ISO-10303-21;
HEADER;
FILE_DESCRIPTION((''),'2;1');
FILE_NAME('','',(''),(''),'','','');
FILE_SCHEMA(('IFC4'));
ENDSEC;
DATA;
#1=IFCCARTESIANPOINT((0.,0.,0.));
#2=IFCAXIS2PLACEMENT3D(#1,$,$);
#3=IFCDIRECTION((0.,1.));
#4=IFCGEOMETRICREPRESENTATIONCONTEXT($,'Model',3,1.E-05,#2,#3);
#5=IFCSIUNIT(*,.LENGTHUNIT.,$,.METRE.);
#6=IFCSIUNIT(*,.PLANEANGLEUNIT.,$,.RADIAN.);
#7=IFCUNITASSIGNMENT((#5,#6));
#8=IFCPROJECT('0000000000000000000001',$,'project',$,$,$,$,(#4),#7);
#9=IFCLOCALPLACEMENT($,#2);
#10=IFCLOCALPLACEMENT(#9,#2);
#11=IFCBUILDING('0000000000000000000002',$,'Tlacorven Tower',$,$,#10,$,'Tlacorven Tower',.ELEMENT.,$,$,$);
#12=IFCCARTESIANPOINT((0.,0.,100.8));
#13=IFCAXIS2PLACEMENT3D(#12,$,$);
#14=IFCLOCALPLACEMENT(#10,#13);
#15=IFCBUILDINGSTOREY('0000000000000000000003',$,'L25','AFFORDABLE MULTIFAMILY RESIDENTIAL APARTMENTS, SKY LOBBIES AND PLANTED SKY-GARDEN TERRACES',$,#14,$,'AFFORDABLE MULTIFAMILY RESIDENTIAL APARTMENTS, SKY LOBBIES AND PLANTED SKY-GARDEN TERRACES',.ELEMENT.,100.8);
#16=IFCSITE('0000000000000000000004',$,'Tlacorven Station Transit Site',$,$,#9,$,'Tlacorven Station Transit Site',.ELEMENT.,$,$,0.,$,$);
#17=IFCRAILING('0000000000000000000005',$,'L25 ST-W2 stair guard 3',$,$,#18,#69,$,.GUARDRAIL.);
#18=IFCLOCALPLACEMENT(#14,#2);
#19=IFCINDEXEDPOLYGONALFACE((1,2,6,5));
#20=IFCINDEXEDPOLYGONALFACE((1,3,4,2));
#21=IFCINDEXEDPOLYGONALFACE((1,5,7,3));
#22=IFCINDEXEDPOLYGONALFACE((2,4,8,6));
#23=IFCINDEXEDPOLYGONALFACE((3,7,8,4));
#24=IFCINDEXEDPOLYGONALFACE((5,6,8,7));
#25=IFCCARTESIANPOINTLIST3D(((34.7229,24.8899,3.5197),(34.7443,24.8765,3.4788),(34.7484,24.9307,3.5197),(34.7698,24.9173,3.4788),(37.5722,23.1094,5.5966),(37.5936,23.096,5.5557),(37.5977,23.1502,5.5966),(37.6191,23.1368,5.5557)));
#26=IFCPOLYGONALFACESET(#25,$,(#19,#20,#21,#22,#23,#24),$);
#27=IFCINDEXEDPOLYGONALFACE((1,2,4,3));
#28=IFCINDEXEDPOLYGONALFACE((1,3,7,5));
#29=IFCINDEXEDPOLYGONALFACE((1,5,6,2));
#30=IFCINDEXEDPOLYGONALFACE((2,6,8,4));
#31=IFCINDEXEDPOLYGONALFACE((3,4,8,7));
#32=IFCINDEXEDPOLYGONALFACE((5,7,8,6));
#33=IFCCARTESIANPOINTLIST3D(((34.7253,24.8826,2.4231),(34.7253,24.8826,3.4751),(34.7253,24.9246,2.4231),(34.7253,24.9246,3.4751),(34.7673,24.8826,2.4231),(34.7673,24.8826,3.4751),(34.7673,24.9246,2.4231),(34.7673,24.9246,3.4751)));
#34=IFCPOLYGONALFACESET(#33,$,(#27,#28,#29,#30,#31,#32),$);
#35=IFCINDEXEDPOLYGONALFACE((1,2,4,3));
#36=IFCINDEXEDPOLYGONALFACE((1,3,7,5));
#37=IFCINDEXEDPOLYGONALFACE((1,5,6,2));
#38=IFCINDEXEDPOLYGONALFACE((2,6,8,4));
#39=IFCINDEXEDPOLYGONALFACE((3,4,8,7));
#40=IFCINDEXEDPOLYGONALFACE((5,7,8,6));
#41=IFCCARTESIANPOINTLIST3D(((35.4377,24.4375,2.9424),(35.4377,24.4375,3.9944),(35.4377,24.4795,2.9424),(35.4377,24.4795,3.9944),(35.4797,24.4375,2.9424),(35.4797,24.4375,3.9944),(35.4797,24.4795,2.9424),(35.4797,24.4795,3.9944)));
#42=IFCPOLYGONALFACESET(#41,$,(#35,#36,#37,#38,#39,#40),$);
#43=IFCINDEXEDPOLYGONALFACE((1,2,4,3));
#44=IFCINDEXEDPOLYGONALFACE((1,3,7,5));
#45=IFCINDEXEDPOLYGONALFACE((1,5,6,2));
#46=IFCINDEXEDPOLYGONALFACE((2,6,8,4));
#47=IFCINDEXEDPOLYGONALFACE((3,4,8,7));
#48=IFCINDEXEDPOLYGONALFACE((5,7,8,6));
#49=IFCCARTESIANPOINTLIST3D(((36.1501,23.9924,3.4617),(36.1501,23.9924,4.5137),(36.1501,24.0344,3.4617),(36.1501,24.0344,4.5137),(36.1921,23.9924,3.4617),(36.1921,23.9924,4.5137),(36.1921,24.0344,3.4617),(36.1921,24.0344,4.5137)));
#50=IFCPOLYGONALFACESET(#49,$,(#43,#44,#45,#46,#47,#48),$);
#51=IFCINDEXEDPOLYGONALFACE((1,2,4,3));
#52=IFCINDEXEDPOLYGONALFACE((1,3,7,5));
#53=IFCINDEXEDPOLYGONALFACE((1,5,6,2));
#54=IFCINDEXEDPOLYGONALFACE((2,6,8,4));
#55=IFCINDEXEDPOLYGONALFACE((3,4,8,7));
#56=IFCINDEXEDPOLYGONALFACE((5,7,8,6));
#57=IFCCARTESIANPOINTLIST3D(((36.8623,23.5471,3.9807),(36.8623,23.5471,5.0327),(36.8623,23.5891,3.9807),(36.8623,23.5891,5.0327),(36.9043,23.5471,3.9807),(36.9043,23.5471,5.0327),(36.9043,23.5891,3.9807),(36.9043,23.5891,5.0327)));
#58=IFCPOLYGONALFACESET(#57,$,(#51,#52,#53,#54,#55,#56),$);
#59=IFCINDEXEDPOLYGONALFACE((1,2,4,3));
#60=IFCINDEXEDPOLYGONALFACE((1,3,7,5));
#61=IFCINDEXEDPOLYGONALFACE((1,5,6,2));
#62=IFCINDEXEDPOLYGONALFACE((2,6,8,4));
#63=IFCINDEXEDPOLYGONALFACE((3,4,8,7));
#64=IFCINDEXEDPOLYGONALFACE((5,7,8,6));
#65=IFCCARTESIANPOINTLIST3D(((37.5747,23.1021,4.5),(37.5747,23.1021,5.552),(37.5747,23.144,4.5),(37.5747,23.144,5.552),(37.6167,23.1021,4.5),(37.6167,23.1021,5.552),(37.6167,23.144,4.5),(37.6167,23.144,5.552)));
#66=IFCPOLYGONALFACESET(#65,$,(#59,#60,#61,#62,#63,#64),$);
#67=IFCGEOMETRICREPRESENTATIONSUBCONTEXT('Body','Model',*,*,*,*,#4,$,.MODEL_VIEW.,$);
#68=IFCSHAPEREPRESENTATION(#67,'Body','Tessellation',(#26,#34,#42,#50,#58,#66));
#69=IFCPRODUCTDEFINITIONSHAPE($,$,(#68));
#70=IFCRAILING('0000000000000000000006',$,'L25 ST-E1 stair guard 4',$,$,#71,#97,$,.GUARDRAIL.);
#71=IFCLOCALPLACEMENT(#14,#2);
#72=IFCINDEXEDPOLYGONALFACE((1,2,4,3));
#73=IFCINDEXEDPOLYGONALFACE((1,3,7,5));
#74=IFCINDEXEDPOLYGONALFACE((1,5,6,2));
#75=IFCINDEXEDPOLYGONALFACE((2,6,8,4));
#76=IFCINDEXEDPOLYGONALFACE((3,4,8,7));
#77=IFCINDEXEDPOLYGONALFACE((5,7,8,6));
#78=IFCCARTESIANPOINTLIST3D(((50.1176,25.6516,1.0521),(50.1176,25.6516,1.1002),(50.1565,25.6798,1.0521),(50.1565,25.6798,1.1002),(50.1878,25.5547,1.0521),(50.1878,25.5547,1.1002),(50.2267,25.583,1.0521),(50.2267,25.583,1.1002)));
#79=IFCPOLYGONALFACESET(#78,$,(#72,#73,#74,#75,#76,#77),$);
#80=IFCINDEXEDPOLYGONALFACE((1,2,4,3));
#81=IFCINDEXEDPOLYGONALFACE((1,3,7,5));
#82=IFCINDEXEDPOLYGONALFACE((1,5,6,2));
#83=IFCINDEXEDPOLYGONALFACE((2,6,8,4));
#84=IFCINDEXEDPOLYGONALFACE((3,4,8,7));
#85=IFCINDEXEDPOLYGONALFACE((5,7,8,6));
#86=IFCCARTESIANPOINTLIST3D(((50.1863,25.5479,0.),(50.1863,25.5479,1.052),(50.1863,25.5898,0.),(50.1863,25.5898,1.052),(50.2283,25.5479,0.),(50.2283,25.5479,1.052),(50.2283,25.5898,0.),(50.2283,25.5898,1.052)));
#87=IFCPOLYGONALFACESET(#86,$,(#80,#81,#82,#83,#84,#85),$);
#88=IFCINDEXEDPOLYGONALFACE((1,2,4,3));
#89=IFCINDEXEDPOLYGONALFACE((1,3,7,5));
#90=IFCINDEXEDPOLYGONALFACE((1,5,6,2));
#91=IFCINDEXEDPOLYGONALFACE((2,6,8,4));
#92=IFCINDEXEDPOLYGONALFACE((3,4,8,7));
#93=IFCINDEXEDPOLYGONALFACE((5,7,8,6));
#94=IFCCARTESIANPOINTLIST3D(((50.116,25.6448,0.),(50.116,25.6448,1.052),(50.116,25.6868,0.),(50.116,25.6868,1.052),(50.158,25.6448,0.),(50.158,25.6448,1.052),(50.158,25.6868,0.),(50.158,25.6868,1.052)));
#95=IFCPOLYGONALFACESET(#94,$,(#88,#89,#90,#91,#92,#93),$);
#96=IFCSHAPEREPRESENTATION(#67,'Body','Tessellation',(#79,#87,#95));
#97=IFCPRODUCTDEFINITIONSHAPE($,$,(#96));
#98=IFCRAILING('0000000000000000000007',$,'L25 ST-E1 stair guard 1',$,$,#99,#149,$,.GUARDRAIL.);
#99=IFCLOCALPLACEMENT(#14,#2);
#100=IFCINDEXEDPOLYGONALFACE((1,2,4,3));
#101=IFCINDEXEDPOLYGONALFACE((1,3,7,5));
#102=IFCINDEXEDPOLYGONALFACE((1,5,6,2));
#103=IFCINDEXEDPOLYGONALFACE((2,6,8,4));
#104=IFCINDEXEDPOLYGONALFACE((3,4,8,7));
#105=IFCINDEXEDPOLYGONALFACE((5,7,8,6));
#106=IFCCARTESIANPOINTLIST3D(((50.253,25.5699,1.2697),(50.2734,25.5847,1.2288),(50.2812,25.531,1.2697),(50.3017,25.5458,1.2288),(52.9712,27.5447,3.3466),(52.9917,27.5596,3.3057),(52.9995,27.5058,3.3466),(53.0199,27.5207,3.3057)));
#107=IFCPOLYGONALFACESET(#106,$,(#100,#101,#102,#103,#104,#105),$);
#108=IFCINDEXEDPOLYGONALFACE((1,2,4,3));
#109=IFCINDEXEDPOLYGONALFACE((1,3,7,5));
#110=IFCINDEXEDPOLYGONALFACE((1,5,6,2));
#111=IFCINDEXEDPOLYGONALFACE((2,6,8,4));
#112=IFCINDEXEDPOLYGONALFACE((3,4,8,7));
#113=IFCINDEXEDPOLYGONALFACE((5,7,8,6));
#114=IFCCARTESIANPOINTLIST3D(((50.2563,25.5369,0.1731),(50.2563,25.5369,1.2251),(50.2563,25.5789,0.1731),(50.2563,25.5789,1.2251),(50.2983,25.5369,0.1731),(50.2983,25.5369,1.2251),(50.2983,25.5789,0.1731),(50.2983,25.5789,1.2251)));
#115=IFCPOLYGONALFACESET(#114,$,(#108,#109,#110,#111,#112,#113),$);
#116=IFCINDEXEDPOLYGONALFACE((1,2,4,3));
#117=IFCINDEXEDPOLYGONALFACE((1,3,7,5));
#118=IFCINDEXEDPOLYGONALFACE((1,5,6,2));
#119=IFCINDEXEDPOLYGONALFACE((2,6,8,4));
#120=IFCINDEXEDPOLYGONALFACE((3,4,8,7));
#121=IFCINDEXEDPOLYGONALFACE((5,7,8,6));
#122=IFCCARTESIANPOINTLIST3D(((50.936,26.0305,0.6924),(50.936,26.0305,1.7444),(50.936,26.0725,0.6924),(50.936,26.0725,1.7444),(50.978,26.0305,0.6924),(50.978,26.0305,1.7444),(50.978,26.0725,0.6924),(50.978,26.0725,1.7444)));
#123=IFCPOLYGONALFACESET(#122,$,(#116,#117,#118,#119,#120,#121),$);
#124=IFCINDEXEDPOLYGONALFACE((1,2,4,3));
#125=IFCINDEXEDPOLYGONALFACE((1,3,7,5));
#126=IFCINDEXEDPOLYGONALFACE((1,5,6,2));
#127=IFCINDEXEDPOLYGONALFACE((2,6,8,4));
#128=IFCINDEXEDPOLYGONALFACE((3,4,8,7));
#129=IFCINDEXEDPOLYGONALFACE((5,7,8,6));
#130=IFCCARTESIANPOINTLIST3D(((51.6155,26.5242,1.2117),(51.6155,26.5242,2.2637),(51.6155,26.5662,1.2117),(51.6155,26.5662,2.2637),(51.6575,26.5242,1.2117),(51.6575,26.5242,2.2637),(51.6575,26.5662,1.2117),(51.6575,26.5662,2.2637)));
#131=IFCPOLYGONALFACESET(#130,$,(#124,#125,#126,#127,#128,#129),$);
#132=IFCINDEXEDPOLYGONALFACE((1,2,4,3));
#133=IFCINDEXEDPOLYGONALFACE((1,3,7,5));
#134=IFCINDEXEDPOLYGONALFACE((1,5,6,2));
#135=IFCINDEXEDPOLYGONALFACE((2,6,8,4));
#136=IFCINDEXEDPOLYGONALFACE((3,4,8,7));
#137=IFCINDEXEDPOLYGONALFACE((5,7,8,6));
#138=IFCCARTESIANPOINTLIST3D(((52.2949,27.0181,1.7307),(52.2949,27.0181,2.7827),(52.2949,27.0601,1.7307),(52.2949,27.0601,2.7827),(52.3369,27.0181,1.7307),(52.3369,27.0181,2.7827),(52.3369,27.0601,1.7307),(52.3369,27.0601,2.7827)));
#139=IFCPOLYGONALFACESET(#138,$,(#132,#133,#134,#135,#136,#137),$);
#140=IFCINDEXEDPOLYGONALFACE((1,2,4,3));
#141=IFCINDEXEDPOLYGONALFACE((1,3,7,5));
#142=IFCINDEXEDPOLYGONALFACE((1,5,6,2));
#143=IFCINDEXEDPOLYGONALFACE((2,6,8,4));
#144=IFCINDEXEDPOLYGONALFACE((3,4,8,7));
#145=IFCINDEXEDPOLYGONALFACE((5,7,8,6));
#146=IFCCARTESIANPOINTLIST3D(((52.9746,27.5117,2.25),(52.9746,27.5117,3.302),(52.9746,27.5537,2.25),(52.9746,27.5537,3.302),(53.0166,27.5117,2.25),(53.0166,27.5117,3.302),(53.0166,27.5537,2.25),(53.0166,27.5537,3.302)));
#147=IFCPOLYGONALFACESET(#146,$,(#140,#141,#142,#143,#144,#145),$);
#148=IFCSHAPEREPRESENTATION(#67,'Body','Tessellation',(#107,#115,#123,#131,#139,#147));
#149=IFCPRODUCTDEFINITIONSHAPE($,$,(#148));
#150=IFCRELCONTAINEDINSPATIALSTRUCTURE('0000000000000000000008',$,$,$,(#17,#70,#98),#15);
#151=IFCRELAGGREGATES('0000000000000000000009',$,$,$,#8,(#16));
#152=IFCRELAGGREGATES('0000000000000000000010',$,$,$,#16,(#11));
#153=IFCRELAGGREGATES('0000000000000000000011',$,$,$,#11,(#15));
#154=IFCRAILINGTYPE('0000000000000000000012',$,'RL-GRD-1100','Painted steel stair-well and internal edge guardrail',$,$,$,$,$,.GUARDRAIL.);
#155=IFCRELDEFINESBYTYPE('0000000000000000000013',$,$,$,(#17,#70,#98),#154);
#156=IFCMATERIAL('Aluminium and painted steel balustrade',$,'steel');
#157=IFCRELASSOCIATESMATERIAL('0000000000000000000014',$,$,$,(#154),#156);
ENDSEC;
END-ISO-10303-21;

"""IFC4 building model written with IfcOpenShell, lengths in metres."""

from ifc_helpers import new_model, si_unit, direction, frame, origin, origin_2d, place, context, subcontext, project, spatial, rectangle, extrude, source, transform, mapped, material, type_object, element, save


model = new_model("IFC4")

# Units and contexts
model_context = context("Model", 3, precision=1e-05, world=origin(), true_north=direction((0.0, 1.0)))
body_context = subcontext(model_context, "Body", "Model", "MODEL_VIEW")
ifc_project = project(units=[si_unit("LENGTHUNIT", "METRE"), si_unit("PLANEANGLEUNIT", "RADIAN")], contexts=[model_context])

# Site, building, storey
site_placement = place(None, origin())
site = spatial("IfcSite", under=ifc_project, at=site_placement, Name="Tlacorven Station Transit Site", LongName="Tlacorven Station Transit Site", CompositionType="ELEMENT", RefElevation=0.0)
building_placement = place(site_placement, origin())
building = spatial("IfcBuilding", under=site, at=building_placement, Name="Tlacorven Tower", LongName="Tlacorven Tower", CompositionType="ELEMENT")
storey_placement = place(building_placement, frame((0.0, 0.0, 100.8)))
storey = spatial("IfcBuildingStorey", under=building, at=storey_placement, Name="L25", Description="AFFORDABLE MULTIFAMILY RESIDENTIAL APARTMENTS, SKY LOBBIES AND PLANTED SKY-GARDEN TERRACES", LongName="AFFORDABLE MULTIFAMILY RESIDENTIAL APARTMENTS, SKY LOBBIES AND PLANTED SKY-GARDEN TERRACES", CompositionType="ELEMENT", Elevation=100.8)

# Railings
ifc_material_1 = material(Name="Aluminium and painted steel balustrade", Category="steel")
railing_type_1 = type_object("IfcRailingType", Name="RL-GRD-1100", Description="Painted steel stair-well and internal edge guardrail", PredefinedType="GUARDRAIL", material=ifc_material_1)
shared_shape_1 = source(origin(), body_context, "Body", "SweptSolid", [
    extrude(rectangle(XDim=0.0481, YDim=0.0481, at=origin_2d()), frame((0.0, 0.0, 1.0762), z_axis=(0.721355, -0.450762, 0.525796), x_axis=(0.529927, 0.848043, 0.0)), (0.0, 0.0, 1.0), 3.95),
    extrude(rectangle(XDim=0.042, YDim=0.042, at=origin_2d()), origin(), (0.0, 0.0, 1.0), 1.052),
    extrude(rectangle(XDim=0.042, YDim=0.042, at=origin_2d()), frame((0.7124, -0.4451, 0.5193)), (0.0, 0.0, 1.0), 1.052),
    extrude(rectangle(XDim=0.042, YDim=0.042, at=origin_2d()), frame((1.4248, -0.8901, 1.0386)), (0.0, 0.0, 1.0), 1.052),
    extrude(rectangle(XDim=0.042, YDim=0.042, at=origin_2d()), frame((2.137, -1.3354, 1.5576)), (0.0, 0.0, 1.0), 1.052),
    extrude(rectangle(XDim=0.042, YDim=0.042, at=origin_2d()), frame((2.8494, -1.7805, 2.0769)), (0.0, 0.0, 1.0), 1.052),
])
railing_1_placement = place(storey_placement, frame((34.7463, 24.9036, 2.4231)))
element("IfcRailing", 1, at=railing_1_placement, inside=storey, type_object=railing_type_1, Name="L25 ST-W2 stair guard 3", PredefinedType="GUARDRAIL", context=body_context, shape_type="MappedRepresentation", body=[
    mapped(shared_shape_1, transform((0.0, 0.0, 0.0), scale=1.0)),
])
shared_shape_2 = source(origin(), body_context, "Body", "SweptSolid", [
    extrude(rectangle(XDim=0.0481, YDim=0.0481, at=origin_2d()), frame((0.0, 0.0, 1.0762), z_axis=(-0.587201, 0.809441, 0.0), x_axis=(-0.809441, -0.587201, 0.0)), (0.0, 0.0, 1.0), 0.1196),
    extrude(rectangle(XDim=0.042, YDim=0.042, at=origin_2d()), origin(), (0.0, 0.0, 1.0), 1.052),
    extrude(rectangle(XDim=0.042, YDim=0.042, at=origin_2d()), frame((-0.0703, 0.0969, 0.0)), (0.0, 0.0, 1.0), 1.052),
])
railing_2_placement = place(storey_placement, frame((50.2073, 25.5688, 0.0)))
element("IfcRailing", 2, at=railing_2_placement, inside=storey, type_object=railing_type_1, Name="L25 ST-E1 stair guard 4", PredefinedType="GUARDRAIL", context=body_context, shape_type="MappedRepresentation", body=[
    mapped(shared_shape_2, transform((0.0, 0.0, 0.0), scale=1.0)),
])
shared_shape_3 = source(origin(), body_context, "Body", "SweptSolid", [
    extrude(rectangle(XDim=0.0481, YDim=0.0481, at=origin_2d()), frame((0.0, 0.0, 1.0762), z_axis=(0.688167, 0.499963, 0.525798), x_axis=(-0.58777, 0.809028, 0.0)), (0.0, 0.0, 1.0), 3.95),
    extrude(rectangle(XDim=0.042, YDim=0.042, at=origin_2d()), origin(), (0.0, 0.0, 1.0), 1.052),
    extrude(rectangle(XDim=0.042, YDim=0.042, at=origin_2d()), frame((0.6797, 0.4937, 0.5193)), (0.0, 0.0, 1.0), 1.052),
    extrude(rectangle(XDim=0.042, YDim=0.042, at=origin_2d()), frame((1.3591, 0.9873, 1.0386)), (0.0, 0.0, 1.0), 1.052),
    extrude(rectangle(XDim=0.042, YDim=0.042, at=origin_2d()), frame((2.0386, 1.4812, 1.5576)), (0.0, 0.0, 1.0), 1.052),
    extrude(rectangle(XDim=0.042, YDim=0.042, at=origin_2d()), frame((2.7183, 1.9749, 2.0769)), (0.0, 0.0, 1.0), 1.052),
])
railing_3_placement = place(storey_placement, frame((50.2773, 25.5579, 0.1731)))
element("IfcRailing", 3, at=railing_3_placement, inside=storey, type_object=railing_type_1, Name="L25 ST-E1 stair guard 1", PredefinedType="GUARDRAIL", context=body_context, shape_type="MappedRepresentation", body=[
    mapped(shared_shape_3, transform((0.0, 0.0, 0.0), scale=1.0)),
])

save(model, "model.ifc")
